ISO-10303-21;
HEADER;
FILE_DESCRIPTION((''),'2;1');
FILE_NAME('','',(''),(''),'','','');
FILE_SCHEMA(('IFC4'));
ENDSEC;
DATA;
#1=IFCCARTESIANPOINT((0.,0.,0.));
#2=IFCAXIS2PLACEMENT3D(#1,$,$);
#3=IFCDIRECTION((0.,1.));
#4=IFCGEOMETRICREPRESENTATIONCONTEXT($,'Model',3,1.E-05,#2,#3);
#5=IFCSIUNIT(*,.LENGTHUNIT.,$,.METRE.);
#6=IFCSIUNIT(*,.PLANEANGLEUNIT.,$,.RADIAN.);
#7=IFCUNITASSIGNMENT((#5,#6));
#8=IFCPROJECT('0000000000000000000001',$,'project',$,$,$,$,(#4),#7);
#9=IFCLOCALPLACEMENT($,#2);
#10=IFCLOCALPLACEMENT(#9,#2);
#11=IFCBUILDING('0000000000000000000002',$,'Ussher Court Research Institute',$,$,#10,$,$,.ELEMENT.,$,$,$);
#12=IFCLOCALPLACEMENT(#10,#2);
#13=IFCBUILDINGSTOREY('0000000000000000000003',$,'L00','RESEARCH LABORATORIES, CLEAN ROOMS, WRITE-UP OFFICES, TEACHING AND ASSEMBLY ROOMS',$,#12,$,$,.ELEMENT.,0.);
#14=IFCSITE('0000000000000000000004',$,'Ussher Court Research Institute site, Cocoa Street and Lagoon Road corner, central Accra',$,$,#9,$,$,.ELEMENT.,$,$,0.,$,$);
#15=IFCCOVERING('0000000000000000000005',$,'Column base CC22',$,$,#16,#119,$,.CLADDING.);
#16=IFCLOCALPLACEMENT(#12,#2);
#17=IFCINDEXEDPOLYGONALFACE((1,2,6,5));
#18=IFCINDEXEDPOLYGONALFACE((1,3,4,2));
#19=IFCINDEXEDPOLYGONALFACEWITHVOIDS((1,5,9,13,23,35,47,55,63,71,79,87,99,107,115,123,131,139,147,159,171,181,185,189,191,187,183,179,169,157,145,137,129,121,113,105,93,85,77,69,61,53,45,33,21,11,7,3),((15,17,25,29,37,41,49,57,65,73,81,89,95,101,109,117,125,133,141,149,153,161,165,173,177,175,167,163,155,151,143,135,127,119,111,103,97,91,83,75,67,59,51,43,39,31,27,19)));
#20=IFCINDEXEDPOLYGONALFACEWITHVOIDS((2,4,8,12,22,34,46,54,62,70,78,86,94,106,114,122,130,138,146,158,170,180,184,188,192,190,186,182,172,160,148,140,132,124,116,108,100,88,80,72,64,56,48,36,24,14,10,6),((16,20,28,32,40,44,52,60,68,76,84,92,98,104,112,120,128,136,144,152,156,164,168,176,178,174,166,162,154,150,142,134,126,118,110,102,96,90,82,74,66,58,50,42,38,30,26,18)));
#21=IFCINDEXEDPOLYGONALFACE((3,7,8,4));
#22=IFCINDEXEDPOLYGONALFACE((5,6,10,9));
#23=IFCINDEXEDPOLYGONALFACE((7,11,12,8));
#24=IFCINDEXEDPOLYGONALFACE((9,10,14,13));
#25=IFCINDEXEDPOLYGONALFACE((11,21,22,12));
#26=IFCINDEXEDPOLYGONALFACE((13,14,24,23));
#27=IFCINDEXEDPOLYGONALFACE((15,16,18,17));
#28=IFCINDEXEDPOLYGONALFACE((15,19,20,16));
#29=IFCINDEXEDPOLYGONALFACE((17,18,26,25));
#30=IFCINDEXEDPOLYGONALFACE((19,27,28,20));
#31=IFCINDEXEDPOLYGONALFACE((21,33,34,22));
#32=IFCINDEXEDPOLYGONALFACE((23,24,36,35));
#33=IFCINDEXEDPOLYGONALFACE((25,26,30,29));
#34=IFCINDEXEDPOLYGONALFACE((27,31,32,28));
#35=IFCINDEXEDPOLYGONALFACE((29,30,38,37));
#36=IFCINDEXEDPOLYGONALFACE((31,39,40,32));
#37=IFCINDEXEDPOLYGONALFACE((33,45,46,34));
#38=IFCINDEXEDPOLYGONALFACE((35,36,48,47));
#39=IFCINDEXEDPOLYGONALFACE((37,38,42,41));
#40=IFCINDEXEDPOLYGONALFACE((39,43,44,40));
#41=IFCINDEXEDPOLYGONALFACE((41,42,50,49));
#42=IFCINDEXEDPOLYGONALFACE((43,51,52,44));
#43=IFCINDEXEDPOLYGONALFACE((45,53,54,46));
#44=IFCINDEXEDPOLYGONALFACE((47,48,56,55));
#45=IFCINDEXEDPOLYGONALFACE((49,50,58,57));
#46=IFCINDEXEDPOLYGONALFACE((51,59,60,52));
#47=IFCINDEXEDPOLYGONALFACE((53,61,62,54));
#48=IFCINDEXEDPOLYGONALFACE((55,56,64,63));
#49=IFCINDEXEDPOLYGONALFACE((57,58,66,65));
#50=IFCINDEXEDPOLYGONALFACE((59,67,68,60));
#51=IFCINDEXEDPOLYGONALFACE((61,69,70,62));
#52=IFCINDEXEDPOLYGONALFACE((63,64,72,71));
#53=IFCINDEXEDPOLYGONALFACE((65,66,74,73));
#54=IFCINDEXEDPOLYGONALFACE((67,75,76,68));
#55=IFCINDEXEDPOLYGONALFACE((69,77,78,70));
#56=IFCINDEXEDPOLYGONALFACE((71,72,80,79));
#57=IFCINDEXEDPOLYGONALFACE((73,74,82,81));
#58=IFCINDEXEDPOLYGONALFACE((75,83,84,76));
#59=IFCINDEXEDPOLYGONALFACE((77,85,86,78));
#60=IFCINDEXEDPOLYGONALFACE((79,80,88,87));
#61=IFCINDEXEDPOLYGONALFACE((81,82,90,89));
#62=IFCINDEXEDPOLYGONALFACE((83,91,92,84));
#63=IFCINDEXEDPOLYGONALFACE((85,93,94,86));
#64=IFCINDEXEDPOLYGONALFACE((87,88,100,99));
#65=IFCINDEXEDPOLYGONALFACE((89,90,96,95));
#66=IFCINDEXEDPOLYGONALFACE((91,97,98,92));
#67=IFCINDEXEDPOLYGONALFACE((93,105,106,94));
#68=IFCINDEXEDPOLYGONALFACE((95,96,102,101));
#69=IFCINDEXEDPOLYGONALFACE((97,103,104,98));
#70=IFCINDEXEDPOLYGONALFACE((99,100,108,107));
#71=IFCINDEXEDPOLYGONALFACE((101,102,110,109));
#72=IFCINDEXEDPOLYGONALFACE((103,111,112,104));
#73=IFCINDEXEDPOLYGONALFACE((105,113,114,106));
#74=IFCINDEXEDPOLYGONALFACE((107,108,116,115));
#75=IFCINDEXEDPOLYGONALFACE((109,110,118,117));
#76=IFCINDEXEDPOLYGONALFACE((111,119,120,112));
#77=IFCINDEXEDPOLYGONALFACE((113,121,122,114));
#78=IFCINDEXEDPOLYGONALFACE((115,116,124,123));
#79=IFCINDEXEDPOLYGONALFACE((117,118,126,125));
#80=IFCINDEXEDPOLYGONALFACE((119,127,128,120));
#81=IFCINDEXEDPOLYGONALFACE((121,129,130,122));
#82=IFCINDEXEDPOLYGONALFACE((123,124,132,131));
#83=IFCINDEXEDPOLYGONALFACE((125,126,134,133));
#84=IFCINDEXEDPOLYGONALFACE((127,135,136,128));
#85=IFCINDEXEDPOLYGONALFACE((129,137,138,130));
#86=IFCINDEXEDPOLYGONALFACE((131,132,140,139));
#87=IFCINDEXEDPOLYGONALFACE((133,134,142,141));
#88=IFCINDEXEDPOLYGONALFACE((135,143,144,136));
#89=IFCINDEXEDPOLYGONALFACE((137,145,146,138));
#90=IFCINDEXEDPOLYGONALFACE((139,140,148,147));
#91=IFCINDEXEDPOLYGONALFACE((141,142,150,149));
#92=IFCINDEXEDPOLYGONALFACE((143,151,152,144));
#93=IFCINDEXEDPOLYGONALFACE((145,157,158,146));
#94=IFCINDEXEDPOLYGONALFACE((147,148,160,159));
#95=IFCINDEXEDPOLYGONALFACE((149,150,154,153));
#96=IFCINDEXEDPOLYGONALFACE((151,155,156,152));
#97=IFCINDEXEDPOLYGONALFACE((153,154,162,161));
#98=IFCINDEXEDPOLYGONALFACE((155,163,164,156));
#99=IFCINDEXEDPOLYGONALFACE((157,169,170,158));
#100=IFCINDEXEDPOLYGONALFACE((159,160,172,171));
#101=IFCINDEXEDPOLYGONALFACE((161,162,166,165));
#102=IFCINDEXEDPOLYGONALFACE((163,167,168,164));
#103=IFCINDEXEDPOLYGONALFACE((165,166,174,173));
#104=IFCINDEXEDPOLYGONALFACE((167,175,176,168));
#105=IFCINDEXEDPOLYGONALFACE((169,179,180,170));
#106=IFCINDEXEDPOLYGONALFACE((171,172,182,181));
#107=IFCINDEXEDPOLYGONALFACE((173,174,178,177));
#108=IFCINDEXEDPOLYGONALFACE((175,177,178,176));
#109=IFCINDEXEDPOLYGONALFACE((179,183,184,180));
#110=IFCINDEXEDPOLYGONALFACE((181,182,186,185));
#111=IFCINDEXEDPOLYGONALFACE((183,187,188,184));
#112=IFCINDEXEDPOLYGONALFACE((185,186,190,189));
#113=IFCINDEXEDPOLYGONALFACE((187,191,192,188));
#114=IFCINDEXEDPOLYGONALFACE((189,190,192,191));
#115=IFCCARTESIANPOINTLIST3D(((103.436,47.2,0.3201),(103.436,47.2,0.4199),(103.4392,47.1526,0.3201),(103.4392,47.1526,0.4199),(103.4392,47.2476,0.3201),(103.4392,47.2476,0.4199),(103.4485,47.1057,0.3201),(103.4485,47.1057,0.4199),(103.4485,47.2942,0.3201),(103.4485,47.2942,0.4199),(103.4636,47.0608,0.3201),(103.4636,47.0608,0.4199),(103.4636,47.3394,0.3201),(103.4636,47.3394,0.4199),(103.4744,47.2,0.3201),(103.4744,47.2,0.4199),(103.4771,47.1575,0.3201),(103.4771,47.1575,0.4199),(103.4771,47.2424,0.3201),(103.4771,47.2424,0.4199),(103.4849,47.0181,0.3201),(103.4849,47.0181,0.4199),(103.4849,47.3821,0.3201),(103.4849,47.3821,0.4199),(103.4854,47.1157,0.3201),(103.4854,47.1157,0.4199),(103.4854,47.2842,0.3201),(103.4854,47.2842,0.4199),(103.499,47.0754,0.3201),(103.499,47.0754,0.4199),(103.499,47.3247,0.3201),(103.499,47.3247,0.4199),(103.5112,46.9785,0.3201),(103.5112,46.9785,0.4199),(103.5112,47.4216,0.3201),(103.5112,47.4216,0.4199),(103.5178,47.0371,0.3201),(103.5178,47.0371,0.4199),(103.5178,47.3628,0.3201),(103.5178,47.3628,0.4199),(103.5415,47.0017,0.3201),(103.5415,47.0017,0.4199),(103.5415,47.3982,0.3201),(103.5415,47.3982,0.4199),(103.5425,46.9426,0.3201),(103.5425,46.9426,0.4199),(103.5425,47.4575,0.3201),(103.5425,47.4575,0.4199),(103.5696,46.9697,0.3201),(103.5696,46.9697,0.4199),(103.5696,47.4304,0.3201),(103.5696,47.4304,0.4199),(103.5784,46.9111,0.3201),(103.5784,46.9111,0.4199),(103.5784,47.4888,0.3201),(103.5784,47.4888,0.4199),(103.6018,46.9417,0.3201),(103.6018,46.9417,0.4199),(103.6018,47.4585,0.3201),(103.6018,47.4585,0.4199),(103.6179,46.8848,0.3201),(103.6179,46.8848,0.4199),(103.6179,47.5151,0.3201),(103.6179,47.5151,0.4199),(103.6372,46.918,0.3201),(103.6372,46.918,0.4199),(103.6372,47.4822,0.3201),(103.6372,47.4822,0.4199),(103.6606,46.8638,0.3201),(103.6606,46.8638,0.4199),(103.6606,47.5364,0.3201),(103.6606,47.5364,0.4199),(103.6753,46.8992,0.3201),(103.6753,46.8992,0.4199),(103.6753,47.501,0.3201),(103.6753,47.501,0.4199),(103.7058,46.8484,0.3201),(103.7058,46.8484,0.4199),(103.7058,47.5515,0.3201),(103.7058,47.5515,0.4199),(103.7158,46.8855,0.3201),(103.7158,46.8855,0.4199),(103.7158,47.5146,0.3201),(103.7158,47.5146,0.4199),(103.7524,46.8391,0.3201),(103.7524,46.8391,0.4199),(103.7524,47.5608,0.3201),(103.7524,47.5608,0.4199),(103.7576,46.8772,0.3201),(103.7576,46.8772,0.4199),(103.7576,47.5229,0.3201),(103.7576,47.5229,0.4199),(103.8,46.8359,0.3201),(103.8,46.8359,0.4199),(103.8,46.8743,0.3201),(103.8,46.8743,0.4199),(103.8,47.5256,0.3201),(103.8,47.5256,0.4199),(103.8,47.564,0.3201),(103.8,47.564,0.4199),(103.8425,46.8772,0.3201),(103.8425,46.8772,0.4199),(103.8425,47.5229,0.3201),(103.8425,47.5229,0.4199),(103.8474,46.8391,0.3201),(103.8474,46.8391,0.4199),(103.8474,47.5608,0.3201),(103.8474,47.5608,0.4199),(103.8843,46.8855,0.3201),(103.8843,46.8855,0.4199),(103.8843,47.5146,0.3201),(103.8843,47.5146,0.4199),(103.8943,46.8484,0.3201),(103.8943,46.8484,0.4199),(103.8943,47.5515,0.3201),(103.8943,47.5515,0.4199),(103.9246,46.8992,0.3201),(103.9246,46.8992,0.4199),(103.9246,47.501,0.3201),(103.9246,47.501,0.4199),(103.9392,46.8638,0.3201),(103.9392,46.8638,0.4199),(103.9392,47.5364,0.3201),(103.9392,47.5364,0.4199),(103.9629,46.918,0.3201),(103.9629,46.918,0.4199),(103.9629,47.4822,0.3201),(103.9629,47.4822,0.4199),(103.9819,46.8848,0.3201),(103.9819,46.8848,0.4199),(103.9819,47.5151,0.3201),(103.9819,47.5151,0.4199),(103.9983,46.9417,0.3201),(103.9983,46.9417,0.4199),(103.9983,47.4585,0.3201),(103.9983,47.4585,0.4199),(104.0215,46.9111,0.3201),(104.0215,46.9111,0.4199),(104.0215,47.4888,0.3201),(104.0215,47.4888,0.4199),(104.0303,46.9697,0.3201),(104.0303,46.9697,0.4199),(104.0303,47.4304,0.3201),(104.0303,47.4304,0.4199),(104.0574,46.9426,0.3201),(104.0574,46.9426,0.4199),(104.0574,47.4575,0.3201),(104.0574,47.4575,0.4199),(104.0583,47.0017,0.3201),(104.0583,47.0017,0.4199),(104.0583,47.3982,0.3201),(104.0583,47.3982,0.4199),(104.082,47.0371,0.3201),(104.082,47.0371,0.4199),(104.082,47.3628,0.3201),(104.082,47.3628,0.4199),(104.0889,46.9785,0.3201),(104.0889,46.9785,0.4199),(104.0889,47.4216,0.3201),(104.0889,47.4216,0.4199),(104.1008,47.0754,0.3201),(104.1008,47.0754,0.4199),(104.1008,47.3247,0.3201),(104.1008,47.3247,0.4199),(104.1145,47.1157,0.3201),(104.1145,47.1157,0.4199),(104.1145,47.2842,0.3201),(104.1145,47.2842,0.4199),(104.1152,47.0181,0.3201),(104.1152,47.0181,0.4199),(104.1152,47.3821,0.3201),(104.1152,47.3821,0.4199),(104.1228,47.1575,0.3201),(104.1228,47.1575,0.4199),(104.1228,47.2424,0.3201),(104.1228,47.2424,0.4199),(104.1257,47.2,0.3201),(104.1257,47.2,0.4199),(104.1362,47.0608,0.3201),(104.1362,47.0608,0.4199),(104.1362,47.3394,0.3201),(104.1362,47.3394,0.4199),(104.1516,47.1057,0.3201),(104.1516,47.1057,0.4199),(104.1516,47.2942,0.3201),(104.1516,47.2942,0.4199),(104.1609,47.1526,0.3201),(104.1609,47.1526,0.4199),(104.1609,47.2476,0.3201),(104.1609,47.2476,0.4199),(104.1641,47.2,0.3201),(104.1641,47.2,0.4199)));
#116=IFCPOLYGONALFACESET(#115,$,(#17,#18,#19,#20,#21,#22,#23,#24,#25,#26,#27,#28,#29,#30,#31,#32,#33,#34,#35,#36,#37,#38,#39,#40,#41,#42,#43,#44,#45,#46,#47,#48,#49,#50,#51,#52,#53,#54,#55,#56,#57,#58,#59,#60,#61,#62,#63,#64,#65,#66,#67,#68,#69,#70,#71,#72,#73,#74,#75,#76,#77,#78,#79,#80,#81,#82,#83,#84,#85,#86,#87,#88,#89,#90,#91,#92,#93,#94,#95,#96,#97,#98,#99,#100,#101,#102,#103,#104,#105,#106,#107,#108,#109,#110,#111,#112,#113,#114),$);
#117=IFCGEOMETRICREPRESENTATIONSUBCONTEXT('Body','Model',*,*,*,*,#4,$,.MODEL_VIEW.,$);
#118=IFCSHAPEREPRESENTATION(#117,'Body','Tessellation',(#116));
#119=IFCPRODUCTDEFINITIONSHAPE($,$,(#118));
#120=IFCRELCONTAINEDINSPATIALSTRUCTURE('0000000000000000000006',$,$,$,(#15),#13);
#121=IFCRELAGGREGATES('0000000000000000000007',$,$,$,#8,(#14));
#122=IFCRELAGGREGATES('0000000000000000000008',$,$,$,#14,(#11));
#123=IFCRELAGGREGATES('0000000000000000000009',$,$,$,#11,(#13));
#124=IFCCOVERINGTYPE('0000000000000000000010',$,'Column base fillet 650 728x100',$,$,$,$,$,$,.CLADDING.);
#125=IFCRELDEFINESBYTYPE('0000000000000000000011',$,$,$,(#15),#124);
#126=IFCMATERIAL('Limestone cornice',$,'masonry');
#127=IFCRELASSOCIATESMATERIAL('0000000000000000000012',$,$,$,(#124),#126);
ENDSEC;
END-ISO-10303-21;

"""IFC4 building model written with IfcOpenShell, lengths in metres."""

from ifc_helpers import new_model, si_unit, direction, frame, origin, place, context, subcontext, project, spatial, polyline, outline, extrude, material, type_object, element, save


model = new_model("IFC4")

# Units and contexts
model_context = context("Model", 3, precision=1e-05, world=origin(), true_north=direction((0.0, 1.0)))
body_context = subcontext(model_context, "Body", "Model", "MODEL_VIEW")
ifc_project = project(units=[si_unit("LENGTHUNIT", "METRE"), si_unit("PLANEANGLEUNIT", "RADIAN")], contexts=[model_context])

# Site, building, storey
site_placement = place(None, origin())
site = spatial("IfcSite", under=ifc_project, at=site_placement, Name="Ussher Court Research Institute site, Cocoa Street and Lagoon Road corner, central Accra", CompositionType="ELEMENT", RefElevation=0.0)
building_placement = place(site_placement, origin())
building = spatial("IfcBuilding", under=site, at=building_placement, Name="Ussher Court Research Institute", CompositionType="ELEMENT")
storey_placement = place(building_placement, origin())
storey = spatial("IfcBuildingStorey", under=building, at=storey_placement, Name="L00", Description="RESEARCH LABORATORIES, CLEAN ROOMS, WRITE-UP OFFICES, TEACHING AND ASSEMBLY ROOMS", CompositionType="ELEMENT", Elevation=0.0)

# Covering
ifc_material_1 = material(Name="Limestone cornice", Category="masonry")
covering_type_1 = type_object("IfcCoveringType", Name="Column base fillet 650 728x100", PredefinedType="CLADDING", material=ifc_material_1)
covering_1_placement = place(storey_placement, frame((0.0, 0.0, 0.3201)))
element("IfcCovering", 1, at=covering_1_placement, inside=storey, type_object=covering_type_1, Name="Column base CC22", PredefinedType="CLADDING", context=body_context, shape_type="SweptSolid", body=[
    extrude(outline(polyline([(104.1641, 47.2), (104.1609, 47.2476), (104.1516, 47.2942), (104.1362, 47.3394), (104.1152, 47.3821), (104.0889, 47.4216), (104.0574, 47.4575), (104.0215, 47.4888), (103.9819, 47.5151), (103.9392, 47.5364), (103.8943, 47.5515), (103.8474, 47.5608), (103.8, 47.564), (103.7524, 47.5608), (103.7058, 47.5515), (103.6606, 47.5364), (103.6179, 47.5151), (103.5784, 47.4888), (103.5425, 47.4575), (103.5112, 47.4216), (103.4849, 47.3821), (103.4636, 47.3394), (103.4485, 47.2942), (103.4392, 47.2476), (103.436, 47.2), (103.4392, 47.1526), (103.4485, 47.1057), (103.4636, 47.0608), (103.4849, 47.0181), (103.5112, 46.9785), (103.5425, 46.9426), (103.5784, 46.9111), (103.6179, 46.8848), (103.6606, 46.8638), (103.7058, 46.8484), (103.7524, 46.8391), (103.8, 46.8359), (103.8474, 46.8391), (103.8943, 46.8484), (103.9392, 46.8638), (103.9819, 46.8848), (104.0215, 46.9111), (104.0574, 46.9426), (104.0889, 46.9785), (104.1152, 47.0181), (104.1362, 47.0608), (104.1516, 47.1057), (104.1609, 47.1526), (104.1641, 47.2)]), holes=[polyline([(104.1257, 47.2), (104.1228, 47.2424), (104.1145, 47.2842), (104.1008, 47.3247), (104.082, 47.3628), (104.0583, 47.3982), (104.0303, 47.4304), (103.9983, 47.4585), (103.9629, 47.4822), (103.9246, 47.501), (103.8843, 47.5146), (103.8425, 47.5229), (103.8, 47.5256), (103.7576, 47.5229), (103.7158, 47.5146), (103.6753, 47.501), (103.6372, 47.4822), (103.6018, 47.4585), (103.5696, 47.4304), (103.5415, 47.3982), (103.5178, 47.3628), (103.499, 47.3247), (103.4854, 47.2842), (103.4771, 47.2424), (103.4744, 47.2), (103.4771, 47.1575), (103.4854, 47.1157), (103.499, 47.0754), (103.5178, 47.0371), (103.5415, 47.0017), (103.5696, 46.9697), (103.6018, 46.9417), (103.6372, 46.918), (103.6753, 46.8992), (103.7158, 46.8855), (103.7576, 46.8772), (103.8, 46.8743), (103.8425, 46.8772), (103.8843, 46.8855), (103.9246, 46.8992), (103.9629, 46.918), (103.9983, 46.9417), (104.0303, 46.9697), (104.0583, 47.0017), (104.082, 47.0371), (104.1008, 47.0754), (104.1145, 47.1157), (104.1228, 47.1575), (104.1257, 47.2)])]), origin(), (0.0, 0.0, 1.0), 0.0999),
])

save(model, "model.ifc")
